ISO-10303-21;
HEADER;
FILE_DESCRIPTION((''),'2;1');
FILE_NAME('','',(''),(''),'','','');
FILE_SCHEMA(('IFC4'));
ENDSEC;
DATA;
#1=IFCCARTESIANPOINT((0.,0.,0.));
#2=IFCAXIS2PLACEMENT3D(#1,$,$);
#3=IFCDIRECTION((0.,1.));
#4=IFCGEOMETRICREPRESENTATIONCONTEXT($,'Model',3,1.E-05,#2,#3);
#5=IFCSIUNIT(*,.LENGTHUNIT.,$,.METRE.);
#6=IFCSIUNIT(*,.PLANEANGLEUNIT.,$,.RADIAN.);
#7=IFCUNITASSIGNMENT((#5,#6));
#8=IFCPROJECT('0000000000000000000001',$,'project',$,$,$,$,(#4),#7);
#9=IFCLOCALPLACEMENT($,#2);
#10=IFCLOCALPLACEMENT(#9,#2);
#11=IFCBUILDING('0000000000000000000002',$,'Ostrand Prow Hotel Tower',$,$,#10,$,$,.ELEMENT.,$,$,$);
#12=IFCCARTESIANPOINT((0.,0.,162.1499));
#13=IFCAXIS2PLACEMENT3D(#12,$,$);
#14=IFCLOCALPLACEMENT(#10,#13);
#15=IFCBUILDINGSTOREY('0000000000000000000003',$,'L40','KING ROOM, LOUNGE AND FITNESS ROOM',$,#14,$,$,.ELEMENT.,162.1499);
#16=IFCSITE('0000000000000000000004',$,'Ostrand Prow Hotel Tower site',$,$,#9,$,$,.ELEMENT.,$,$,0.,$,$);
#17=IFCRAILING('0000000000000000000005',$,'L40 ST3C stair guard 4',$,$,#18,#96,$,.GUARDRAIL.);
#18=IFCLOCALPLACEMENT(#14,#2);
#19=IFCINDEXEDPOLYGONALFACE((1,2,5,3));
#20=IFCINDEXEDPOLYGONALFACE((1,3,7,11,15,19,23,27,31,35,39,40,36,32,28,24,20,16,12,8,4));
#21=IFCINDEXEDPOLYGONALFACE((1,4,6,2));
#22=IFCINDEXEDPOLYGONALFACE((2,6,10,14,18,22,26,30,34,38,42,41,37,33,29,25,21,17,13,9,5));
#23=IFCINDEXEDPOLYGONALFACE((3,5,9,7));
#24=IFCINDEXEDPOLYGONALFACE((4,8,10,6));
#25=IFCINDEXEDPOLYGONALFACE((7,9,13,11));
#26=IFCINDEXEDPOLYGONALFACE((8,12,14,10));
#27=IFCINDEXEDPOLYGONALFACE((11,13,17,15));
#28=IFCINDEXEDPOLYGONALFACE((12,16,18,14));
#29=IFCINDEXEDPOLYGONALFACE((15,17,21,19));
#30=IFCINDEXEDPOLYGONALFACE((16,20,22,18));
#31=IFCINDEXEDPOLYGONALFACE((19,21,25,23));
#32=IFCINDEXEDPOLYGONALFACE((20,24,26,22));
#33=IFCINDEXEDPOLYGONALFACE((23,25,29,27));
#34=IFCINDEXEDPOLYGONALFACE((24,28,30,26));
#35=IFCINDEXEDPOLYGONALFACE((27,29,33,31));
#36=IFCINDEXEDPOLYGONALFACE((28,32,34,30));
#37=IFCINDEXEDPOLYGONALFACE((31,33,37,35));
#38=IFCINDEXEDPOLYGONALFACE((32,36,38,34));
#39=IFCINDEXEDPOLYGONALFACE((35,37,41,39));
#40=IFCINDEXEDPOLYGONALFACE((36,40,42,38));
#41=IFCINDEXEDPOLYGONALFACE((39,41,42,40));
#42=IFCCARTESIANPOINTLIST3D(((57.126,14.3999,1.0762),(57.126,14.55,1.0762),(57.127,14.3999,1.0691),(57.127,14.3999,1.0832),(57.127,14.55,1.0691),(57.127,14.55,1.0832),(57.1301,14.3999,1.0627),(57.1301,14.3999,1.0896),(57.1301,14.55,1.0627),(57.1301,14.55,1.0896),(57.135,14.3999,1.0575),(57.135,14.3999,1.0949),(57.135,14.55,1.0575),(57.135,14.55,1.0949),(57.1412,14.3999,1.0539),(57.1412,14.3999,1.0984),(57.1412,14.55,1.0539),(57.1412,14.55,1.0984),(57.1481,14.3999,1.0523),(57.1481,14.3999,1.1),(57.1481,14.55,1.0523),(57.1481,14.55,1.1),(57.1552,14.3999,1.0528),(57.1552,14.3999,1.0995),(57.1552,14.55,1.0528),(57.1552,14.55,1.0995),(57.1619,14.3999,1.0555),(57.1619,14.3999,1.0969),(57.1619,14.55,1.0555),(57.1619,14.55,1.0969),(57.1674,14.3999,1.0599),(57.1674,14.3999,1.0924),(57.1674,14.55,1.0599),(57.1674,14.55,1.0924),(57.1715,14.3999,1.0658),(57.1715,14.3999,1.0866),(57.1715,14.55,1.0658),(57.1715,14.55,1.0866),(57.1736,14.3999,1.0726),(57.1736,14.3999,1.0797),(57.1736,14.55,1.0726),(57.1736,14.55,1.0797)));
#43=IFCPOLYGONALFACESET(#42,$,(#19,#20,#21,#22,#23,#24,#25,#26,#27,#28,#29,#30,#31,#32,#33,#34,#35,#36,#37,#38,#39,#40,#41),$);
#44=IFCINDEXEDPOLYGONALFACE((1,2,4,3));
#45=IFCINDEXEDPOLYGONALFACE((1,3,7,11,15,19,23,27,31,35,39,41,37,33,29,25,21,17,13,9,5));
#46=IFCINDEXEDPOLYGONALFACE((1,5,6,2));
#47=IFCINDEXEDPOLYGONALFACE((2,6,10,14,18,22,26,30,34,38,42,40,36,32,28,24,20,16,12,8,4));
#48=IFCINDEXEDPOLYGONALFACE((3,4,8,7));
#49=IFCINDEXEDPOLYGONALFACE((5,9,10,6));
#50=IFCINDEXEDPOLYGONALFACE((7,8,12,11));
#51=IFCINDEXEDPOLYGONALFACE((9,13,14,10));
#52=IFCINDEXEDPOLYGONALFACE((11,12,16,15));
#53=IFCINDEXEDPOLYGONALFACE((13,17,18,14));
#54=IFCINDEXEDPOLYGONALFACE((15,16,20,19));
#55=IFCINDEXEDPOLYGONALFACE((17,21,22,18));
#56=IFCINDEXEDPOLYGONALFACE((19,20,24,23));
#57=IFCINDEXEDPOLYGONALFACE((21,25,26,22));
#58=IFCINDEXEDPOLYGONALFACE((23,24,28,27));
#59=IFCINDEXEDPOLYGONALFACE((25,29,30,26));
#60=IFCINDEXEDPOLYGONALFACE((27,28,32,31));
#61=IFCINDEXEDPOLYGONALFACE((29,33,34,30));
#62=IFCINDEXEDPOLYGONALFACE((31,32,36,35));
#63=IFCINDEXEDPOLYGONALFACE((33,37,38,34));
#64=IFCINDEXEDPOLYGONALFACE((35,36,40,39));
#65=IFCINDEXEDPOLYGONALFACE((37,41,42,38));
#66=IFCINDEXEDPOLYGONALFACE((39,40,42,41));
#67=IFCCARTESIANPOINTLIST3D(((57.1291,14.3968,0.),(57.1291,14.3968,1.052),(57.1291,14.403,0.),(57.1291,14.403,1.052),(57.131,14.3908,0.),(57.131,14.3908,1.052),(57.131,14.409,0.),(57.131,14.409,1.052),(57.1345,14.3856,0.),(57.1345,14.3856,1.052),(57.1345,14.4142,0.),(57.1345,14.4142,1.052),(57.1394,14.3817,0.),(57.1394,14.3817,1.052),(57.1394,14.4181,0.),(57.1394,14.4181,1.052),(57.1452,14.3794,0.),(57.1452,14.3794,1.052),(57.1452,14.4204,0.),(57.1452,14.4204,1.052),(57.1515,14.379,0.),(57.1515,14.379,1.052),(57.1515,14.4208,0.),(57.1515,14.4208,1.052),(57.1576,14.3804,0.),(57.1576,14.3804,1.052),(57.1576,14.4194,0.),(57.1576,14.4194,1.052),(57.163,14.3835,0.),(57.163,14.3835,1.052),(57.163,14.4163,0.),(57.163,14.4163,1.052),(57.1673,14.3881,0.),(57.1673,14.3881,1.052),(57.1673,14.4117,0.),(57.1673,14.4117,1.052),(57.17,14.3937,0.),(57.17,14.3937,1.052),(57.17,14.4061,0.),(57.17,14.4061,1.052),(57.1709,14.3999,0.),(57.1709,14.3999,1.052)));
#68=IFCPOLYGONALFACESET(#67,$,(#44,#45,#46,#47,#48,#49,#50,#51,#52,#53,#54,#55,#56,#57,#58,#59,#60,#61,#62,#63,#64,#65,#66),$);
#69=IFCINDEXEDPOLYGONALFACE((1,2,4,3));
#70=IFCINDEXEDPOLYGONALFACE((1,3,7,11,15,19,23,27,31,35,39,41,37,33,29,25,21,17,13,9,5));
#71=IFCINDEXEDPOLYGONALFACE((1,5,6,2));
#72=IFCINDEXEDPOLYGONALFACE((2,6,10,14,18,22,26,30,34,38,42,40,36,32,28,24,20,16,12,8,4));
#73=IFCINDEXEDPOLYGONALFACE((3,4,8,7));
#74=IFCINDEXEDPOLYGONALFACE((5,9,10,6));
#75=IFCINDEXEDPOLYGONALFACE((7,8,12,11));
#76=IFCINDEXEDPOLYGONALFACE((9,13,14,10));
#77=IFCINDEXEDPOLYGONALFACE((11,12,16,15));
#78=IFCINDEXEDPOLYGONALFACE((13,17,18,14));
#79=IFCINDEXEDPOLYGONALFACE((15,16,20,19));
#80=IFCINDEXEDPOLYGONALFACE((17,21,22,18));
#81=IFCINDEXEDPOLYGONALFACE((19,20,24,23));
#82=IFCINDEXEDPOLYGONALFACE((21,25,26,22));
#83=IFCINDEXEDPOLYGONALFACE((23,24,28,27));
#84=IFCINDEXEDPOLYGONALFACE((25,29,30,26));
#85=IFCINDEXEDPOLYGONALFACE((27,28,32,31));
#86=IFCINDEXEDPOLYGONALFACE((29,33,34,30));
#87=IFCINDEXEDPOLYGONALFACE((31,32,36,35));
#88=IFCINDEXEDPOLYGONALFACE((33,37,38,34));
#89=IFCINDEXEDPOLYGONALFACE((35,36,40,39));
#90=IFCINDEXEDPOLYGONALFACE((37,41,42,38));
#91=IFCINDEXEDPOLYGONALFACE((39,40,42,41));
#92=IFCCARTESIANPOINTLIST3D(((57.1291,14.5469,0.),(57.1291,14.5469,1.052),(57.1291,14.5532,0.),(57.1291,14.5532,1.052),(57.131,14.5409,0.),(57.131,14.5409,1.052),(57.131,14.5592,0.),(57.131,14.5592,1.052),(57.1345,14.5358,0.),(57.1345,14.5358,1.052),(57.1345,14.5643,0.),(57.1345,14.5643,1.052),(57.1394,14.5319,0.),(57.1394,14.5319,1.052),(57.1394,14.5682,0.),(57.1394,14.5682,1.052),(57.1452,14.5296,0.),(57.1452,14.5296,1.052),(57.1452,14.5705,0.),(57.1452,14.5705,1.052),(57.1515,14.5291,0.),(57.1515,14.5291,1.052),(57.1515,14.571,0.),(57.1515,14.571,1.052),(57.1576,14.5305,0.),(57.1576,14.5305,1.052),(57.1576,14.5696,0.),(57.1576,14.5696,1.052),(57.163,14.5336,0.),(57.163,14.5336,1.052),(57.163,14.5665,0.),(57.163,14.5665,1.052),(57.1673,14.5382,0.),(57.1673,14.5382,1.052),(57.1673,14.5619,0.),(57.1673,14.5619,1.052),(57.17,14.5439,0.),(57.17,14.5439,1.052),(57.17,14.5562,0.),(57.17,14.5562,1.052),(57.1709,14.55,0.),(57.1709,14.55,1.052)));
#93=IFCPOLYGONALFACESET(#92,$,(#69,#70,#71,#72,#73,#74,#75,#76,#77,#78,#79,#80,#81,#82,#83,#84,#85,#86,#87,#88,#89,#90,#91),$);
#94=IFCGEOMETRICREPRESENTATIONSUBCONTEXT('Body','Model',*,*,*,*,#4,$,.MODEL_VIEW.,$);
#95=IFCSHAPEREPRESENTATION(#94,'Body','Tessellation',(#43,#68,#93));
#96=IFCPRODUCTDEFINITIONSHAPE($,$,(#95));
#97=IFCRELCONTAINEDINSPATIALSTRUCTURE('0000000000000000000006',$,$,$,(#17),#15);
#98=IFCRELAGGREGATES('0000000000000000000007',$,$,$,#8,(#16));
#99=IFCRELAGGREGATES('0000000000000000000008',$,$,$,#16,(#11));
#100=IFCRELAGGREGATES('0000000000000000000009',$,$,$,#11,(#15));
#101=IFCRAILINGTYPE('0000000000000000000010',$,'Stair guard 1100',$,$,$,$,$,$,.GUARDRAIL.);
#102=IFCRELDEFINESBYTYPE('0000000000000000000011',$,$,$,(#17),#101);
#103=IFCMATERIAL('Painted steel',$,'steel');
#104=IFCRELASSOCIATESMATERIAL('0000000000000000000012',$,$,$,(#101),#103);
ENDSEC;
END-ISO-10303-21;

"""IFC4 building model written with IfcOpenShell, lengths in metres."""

from ifc_helpers import new_model, si_unit, direction, frame, origin, origin_2d, place, context, subcontext, project, spatial, circle, extrude, material, type_object, element, save


model = new_model("IFC4")

# Units and contexts
model_context = context("Model", 3, precision=1e-05, world=origin(), true_north=direction((0.0, 1.0)))
body_context = subcontext(model_context, "Body", "Model", "MODEL_VIEW")
ifc_project = project(units=[si_unit("LENGTHUNIT", "METRE"), si_unit("PLANEANGLEUNIT", "RADIAN")], contexts=[model_context])

# Site, building, storey
site_placement = place(None, origin())
site = spatial("IfcSite", under=ifc_project, at=site_placement, Name="Ostrand Prow Hotel Tower site", CompositionType="ELEMENT", RefElevation=0.0)
building_placement = place(site_placement, origin())
building = spatial("IfcBuilding", under=site, at=building_placement, Name="Ostrand Prow Hotel Tower", CompositionType="ELEMENT")
storey_placement = place(building_placement, frame((0.0, 0.0, 162.1499)))
storey = spatial("IfcBuildingStorey", under=building, at=storey_placement, Name="L40", Description="KING ROOM, LOUNGE AND FITNESS ROOM", CompositionType="ELEMENT", Elevation=162.1499)

# Railing
ifc_material_1 = material(Name="Painted steel", Category="steel")
railing_type_1 = type_object("IfcRailingType", Name="Stair guard 1100", PredefinedType="GUARDRAIL", material=ifc_material_1)
railing_1_placement = place(storey_placement, frame((57.1499, 14.3999, 0.0)))
element("IfcRailing", 1, at=railing_1_placement, inside=storey, type_object=railing_type_1, Name="L40 ST3C stair guard 4", PredefinedType="GUARDRAIL", context=body_context, shape_type="SweptSolid", body=[
    extrude(circle(Radius=0.0239, at=origin_2d()), frame((0.0, 0.0, 1.0762), z_axis=(0.0, 1.0, 0.0), x_axis=(-1.0, 0.0, 0.0)), (0.0, 0.0, 1.0), 0.1501),
    extrude(circle(Radius=0.021, at=origin_2d()), origin(), (0.0, 0.0, 1.0), 1.052),
    extrude(circle(Radius=0.021, at=origin_2d()), frame((0.0, 0.1501, 0.0)), (0.0, 0.0, 1.0), 1.052),
])

save(model, "model.ifc")
